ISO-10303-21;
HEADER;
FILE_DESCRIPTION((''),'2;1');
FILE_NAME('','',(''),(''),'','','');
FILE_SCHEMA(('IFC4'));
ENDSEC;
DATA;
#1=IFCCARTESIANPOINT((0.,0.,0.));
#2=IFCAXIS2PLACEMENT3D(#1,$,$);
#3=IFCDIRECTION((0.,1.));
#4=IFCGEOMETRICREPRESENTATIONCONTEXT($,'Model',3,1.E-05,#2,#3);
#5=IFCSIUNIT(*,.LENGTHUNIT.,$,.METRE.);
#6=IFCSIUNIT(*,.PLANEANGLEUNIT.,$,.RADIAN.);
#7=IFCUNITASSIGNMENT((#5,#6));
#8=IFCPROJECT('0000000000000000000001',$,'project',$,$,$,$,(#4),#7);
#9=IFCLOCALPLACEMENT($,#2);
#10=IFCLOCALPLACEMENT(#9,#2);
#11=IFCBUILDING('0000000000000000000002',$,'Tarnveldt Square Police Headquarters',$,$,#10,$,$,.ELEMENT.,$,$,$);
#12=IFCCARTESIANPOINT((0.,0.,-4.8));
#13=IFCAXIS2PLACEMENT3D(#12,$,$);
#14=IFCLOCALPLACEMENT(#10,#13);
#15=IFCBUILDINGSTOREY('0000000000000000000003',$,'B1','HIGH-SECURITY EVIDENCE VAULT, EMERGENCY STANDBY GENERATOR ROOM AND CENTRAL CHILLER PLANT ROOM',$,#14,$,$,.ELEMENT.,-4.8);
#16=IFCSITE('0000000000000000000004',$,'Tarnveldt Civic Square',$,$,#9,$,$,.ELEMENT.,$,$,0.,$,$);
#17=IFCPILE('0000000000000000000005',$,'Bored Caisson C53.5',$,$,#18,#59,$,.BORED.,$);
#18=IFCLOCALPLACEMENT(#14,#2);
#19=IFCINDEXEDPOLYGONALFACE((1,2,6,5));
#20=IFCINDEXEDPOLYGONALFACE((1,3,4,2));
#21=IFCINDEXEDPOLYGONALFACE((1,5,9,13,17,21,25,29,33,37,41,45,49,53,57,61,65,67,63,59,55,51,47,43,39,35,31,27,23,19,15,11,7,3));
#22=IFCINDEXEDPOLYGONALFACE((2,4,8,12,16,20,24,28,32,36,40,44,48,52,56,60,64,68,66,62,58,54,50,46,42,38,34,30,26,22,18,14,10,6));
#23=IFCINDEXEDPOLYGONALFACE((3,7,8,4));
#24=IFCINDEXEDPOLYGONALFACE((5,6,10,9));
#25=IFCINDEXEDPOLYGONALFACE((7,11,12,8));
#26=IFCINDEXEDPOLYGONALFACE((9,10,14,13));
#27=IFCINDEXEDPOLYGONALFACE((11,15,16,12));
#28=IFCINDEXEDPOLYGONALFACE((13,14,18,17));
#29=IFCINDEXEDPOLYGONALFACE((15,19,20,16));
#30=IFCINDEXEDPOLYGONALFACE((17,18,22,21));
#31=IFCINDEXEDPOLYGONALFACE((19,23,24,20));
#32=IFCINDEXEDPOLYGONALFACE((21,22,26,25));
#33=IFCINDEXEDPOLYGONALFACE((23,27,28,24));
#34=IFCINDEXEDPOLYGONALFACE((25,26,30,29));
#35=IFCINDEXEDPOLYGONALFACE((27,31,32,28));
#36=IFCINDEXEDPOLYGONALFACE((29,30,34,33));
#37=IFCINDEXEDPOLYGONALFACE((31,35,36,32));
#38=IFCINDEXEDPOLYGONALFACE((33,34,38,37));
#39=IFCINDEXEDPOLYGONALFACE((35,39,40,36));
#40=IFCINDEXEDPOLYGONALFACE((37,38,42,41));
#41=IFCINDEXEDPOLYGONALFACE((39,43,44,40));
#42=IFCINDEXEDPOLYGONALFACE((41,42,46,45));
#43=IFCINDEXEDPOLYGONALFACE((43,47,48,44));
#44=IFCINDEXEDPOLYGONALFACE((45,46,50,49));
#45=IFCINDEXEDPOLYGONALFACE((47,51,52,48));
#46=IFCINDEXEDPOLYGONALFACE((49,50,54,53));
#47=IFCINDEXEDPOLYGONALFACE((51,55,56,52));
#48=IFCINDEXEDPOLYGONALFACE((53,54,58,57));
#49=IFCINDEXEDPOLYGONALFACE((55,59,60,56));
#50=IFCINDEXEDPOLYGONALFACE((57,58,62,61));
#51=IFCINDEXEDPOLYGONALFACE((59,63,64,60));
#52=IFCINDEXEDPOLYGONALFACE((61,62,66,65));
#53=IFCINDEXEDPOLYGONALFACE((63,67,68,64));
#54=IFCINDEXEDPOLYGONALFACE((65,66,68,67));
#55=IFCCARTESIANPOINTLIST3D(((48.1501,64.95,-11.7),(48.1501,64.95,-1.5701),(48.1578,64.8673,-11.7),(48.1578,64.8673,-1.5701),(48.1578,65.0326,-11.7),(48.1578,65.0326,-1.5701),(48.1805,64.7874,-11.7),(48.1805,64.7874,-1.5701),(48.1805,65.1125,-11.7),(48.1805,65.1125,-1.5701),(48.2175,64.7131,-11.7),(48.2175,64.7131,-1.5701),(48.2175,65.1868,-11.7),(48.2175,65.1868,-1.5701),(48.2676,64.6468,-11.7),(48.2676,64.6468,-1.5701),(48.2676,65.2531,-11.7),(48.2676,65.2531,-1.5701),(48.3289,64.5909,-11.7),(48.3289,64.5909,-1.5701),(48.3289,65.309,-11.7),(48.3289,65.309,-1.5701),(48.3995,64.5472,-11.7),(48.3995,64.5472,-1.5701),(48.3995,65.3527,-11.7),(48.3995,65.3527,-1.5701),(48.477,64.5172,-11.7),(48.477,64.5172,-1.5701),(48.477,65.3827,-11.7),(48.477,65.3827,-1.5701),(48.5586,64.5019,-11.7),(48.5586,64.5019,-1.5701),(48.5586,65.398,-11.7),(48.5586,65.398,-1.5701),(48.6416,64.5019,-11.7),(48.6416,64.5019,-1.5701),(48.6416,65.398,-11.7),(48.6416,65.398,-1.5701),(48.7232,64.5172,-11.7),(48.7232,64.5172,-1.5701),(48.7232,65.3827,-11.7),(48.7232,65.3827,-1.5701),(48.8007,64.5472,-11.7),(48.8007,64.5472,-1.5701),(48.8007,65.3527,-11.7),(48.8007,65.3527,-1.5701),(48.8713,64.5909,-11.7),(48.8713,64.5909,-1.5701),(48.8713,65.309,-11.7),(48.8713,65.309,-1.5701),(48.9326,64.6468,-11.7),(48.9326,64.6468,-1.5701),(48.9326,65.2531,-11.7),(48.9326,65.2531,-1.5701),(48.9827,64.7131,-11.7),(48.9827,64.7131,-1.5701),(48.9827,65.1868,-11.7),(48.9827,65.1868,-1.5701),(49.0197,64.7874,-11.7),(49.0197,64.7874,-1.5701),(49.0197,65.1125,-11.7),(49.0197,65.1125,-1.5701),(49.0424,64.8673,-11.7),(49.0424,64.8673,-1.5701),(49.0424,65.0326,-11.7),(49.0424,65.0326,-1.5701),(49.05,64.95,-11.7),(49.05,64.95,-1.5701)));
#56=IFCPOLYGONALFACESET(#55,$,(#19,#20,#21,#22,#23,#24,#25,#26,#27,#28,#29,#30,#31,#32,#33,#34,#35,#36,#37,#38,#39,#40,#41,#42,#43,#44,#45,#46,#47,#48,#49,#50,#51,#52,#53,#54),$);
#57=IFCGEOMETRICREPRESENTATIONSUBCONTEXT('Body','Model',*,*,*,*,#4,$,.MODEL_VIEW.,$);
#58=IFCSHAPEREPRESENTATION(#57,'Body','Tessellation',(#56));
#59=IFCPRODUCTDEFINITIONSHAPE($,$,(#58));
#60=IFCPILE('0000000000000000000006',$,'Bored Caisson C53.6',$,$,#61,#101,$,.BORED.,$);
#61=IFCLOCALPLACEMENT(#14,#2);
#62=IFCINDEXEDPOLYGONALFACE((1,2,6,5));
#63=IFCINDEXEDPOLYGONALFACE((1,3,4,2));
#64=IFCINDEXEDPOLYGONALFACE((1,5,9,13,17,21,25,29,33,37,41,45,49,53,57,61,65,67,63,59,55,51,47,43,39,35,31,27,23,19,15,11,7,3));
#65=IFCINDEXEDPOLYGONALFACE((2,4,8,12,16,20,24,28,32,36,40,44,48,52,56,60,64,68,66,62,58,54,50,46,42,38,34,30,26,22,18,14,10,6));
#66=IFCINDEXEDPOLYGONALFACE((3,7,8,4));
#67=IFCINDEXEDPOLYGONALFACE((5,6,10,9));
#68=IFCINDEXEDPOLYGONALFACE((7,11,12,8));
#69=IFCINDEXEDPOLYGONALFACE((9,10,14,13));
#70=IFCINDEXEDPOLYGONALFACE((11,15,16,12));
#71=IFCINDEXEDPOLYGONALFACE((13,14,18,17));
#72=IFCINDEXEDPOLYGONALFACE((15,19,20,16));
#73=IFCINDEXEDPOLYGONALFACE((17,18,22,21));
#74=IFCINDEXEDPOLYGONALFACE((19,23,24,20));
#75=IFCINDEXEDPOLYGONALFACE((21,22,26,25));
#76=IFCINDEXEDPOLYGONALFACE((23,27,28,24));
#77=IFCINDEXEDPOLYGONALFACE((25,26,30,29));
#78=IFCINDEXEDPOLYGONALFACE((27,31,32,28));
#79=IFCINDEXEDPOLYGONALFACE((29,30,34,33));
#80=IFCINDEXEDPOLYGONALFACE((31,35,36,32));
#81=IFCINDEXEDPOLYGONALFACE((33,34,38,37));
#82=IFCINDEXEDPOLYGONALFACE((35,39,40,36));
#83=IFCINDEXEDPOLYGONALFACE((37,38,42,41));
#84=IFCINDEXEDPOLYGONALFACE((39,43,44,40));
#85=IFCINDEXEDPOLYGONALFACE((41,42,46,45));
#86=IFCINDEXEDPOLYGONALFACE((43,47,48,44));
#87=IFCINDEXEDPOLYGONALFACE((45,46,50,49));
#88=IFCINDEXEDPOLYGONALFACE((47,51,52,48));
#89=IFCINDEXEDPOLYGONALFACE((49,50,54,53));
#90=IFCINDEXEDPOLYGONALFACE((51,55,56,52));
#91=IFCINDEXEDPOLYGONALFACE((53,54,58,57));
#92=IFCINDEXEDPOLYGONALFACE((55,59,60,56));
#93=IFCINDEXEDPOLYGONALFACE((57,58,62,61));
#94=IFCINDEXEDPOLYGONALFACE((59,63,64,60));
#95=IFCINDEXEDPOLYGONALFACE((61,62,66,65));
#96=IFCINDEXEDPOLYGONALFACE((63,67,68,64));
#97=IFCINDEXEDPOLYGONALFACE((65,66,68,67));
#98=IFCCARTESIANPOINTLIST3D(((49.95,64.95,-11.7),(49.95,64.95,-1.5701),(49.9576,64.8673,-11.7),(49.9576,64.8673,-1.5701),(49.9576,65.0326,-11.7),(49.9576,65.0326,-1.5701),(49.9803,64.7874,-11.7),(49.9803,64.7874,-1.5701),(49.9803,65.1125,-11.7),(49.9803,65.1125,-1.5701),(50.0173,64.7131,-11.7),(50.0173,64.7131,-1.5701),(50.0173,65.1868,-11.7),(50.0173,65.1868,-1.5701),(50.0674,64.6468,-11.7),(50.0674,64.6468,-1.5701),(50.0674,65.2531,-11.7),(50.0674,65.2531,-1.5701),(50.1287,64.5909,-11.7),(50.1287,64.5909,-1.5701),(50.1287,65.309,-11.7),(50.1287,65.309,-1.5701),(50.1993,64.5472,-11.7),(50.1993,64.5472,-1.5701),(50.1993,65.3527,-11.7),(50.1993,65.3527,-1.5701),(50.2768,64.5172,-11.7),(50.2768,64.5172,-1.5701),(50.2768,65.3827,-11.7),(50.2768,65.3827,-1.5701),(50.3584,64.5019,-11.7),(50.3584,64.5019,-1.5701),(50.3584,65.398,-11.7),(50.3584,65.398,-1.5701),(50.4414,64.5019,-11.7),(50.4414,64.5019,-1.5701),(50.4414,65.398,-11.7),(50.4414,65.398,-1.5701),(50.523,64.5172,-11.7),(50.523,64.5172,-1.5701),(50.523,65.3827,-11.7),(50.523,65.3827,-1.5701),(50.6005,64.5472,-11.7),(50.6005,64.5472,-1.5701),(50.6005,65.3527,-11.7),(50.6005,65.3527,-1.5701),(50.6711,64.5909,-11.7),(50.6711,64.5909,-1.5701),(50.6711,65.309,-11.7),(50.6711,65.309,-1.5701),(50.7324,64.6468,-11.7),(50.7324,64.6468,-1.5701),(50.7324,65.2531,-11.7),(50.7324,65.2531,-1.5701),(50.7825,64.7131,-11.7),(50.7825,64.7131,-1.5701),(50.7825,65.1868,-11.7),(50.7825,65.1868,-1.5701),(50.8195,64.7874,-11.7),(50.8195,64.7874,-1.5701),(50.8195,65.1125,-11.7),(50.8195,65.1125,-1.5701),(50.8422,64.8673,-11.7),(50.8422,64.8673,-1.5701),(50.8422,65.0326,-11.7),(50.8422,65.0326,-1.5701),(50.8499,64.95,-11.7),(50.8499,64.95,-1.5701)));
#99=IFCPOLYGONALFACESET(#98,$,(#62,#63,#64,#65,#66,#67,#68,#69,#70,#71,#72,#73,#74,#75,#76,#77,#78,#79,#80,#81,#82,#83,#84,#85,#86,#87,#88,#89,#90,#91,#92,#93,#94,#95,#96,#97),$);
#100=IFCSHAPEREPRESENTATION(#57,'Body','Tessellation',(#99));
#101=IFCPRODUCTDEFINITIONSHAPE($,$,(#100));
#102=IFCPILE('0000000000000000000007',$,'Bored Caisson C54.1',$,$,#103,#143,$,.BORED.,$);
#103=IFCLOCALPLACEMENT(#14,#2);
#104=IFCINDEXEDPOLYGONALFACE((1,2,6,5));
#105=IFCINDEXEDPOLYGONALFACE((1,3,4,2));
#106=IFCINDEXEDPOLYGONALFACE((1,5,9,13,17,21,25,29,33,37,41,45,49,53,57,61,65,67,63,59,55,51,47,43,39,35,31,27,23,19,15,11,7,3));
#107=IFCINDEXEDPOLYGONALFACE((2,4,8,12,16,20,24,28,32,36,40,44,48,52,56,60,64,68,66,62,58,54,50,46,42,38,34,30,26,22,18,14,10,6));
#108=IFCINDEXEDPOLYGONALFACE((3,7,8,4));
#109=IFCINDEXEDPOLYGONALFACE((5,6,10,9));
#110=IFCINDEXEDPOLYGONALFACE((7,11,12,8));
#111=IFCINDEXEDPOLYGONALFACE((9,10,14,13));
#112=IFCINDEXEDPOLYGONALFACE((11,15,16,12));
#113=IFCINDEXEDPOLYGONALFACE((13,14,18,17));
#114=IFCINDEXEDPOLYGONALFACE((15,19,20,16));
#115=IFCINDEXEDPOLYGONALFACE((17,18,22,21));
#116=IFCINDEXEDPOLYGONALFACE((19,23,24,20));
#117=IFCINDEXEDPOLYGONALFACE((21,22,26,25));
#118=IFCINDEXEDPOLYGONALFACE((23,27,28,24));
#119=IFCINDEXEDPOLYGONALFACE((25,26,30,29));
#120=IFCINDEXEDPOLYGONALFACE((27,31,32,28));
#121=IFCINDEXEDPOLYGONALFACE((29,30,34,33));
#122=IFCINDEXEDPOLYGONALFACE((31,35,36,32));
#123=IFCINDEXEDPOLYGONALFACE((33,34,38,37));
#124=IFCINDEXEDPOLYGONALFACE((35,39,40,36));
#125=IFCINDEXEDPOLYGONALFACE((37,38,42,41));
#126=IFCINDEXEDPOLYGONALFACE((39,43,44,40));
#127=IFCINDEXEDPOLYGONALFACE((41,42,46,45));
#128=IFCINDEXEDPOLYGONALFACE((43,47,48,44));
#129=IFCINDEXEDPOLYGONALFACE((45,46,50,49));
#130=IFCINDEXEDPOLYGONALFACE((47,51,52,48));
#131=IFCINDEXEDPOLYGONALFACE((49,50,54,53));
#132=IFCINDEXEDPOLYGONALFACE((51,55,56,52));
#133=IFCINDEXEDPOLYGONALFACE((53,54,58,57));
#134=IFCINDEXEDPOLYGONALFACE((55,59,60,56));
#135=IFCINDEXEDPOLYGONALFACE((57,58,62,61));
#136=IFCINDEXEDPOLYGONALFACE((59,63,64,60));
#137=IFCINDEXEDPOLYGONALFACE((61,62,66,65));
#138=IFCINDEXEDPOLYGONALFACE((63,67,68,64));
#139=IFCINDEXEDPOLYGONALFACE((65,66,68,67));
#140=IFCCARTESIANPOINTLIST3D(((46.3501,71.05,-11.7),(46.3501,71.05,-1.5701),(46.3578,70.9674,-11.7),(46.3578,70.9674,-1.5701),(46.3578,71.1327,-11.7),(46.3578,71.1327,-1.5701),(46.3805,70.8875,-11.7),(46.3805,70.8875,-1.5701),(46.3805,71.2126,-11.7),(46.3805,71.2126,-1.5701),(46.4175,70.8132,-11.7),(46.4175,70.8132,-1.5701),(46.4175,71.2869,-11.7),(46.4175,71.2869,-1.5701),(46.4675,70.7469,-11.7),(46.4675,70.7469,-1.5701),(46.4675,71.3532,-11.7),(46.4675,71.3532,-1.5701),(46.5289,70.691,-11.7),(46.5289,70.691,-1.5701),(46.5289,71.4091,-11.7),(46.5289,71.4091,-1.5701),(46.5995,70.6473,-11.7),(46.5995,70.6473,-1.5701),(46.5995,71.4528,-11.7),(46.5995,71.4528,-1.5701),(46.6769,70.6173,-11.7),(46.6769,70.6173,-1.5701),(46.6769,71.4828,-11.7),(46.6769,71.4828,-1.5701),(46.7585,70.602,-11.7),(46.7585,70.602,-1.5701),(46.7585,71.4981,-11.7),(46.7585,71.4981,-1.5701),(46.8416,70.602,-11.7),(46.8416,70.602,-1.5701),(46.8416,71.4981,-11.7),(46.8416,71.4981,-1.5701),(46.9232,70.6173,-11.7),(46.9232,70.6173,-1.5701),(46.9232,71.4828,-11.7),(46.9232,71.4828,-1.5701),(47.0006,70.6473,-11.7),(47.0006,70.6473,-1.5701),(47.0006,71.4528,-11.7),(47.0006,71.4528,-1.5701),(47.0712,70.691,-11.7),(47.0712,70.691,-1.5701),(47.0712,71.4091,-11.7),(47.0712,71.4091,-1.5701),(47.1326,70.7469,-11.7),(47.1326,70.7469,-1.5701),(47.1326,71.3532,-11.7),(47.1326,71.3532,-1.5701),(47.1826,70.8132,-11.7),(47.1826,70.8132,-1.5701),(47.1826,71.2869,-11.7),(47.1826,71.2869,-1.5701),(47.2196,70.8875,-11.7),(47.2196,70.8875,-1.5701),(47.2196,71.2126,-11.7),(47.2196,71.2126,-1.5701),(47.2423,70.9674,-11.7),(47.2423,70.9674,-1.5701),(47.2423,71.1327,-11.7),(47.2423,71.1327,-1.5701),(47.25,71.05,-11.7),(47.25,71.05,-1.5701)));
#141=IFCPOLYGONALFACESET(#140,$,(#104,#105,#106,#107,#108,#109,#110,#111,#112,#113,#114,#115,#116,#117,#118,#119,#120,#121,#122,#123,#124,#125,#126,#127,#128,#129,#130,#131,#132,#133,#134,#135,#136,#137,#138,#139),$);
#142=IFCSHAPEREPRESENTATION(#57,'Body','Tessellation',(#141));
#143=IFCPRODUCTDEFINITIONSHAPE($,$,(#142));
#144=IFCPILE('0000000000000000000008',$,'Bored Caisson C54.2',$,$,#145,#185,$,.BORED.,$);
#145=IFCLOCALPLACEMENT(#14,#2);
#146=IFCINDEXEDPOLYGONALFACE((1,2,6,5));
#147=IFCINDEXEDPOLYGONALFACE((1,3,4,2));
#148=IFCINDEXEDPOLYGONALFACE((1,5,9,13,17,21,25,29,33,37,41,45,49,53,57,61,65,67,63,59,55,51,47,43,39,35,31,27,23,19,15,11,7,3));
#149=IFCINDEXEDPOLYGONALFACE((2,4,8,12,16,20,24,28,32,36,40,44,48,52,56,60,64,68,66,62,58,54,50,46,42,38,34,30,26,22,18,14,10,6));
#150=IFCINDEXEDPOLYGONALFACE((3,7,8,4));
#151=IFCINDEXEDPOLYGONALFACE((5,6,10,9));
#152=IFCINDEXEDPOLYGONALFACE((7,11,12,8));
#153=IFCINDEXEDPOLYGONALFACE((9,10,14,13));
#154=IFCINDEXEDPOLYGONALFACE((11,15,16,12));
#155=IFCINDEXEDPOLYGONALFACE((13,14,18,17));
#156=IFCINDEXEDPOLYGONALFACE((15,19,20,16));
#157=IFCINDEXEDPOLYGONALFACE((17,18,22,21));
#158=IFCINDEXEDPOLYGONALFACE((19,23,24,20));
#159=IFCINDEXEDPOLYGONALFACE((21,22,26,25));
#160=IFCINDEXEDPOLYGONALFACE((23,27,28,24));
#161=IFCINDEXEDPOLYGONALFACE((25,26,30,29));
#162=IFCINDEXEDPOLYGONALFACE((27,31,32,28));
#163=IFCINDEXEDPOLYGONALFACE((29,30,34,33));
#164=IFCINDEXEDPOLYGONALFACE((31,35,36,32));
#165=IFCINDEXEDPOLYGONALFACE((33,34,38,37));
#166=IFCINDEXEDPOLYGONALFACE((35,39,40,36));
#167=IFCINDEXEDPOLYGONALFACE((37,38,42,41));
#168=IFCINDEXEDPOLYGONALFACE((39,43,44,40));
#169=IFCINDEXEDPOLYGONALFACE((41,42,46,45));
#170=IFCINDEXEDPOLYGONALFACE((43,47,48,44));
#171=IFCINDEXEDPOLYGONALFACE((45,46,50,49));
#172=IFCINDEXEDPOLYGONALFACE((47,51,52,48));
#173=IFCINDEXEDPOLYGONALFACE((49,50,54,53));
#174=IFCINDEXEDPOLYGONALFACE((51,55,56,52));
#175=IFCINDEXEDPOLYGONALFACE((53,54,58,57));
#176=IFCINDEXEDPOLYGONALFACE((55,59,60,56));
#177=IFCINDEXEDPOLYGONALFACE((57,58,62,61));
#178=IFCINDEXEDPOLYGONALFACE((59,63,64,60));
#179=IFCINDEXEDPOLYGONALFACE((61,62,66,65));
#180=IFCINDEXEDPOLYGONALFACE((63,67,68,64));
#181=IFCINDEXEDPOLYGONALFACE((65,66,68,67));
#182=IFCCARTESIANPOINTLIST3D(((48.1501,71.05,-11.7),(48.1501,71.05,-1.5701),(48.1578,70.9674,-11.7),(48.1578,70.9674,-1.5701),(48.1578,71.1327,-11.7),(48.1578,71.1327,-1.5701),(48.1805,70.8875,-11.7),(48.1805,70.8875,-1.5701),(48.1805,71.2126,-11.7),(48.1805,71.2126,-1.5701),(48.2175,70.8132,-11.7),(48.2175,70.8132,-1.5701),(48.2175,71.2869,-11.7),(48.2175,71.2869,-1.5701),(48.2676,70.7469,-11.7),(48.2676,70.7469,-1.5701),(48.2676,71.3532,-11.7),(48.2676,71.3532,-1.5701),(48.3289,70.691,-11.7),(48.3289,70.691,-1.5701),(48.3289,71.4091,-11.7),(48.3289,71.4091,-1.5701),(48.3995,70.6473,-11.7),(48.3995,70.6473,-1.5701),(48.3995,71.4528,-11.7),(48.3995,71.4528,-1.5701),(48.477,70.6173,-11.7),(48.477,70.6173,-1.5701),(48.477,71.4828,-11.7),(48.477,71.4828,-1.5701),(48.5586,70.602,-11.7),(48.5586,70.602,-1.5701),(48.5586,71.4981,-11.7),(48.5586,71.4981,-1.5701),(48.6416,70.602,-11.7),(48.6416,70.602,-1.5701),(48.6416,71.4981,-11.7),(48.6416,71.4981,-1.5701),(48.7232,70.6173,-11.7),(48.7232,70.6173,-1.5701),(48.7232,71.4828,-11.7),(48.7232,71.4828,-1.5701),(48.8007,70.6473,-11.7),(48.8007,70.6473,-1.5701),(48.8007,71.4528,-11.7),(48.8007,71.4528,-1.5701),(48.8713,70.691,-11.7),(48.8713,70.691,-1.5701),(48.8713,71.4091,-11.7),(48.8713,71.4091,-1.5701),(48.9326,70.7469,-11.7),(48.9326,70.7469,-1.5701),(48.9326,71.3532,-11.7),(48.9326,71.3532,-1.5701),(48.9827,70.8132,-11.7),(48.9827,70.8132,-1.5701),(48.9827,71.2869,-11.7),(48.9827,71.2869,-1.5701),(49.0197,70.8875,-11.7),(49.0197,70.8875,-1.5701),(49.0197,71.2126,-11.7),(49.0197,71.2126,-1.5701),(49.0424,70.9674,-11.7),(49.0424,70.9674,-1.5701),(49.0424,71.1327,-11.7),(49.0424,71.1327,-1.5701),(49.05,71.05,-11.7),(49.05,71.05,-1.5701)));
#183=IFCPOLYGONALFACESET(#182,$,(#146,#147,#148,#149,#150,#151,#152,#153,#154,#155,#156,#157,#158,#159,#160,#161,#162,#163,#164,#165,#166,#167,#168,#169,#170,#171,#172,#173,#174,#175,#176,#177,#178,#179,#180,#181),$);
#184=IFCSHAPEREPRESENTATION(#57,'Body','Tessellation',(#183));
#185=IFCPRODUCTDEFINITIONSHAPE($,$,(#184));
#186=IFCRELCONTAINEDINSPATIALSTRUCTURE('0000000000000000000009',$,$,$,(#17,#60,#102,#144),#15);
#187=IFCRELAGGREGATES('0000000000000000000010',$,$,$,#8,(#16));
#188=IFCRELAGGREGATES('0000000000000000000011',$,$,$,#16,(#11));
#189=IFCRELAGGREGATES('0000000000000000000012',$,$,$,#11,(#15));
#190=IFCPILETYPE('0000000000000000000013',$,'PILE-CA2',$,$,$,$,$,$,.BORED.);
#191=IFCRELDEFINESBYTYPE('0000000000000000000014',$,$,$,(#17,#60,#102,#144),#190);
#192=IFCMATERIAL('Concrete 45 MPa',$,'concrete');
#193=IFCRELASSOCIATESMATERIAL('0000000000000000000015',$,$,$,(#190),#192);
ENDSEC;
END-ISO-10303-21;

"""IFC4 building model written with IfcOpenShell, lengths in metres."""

from ifc_helpers import new_model, si_unit, direction, frame, origin, origin_2d, place, context, subcontext, project, spatial, circle, extrude, material, material_profile, profile_set, type_object, element, save


model = new_model("IFC4")

# Units and contexts
model_context = context("Model", 3, precision=1e-05, world=origin(), true_north=direction((0.0, 1.0)))
body_context = subcontext(model_context, "Body", "Model", "MODEL_VIEW")
ifc_project = project(units=[si_unit("LENGTHUNIT", "METRE"), si_unit("PLANEANGLEUNIT", "RADIAN")], contexts=[model_context])

# Site, building, storey
site_placement = place(None, origin())
site = spatial("IfcSite", under=ifc_project, at=site_placement, Name="Tarnveldt Civic Square", CompositionType="ELEMENT", RefElevation=0.0)
building_placement = place(site_placement, origin())
building = spatial("IfcBuilding", under=site, at=building_placement, Name="Tarnveldt Square Police Headquarters", CompositionType="ELEMENT")
storey_placement = place(building_placement, frame((0.0, 0.0, -4.8)))
storey = spatial("IfcBuildingStorey", under=building, at=storey_placement, Name="B1", Description="HIGH-SECURITY EVIDENCE VAULT, EMERGENCY STANDBY GENERATOR ROOM AND CENTRAL CHILLER PLANT ROOM", CompositionType="ELEMENT", Elevation=-4.8)

# Shared definitions
ifc_material_1 = material(Name="Concrete 45 MPa", Category="concrete")

# Piles
ifc_material_profile_1 = material_profile(ifc_material_1, circle(Radius=0.45, at=origin_2d()), Name="CAISSON-D900")
ifc_profile_set_1 = profile_set([ifc_material_profile_1], Name="Concrete 45 MPa")
pile_type_1 = type_object("IfcPileType", Name="PILE-CA2", PredefinedType="BORED", material=ifc_profile_set_1)
for number, where, z_axis, x_axis, name in (
    (1, (48.6001, 64.95, -1.5701), (0.0, 0.0, -1.0), (1.0, 0.0, 0.0), "Bored Caisson C53.5"),
    (2, (50.3999, 64.95, -1.5701), (0.0, 0.0, -1.0), (1.0, 0.0, 0.0), "Bored Caisson C53.6"),
    (3, (46.8, 71.05, -1.5701), (0.0, 0.0, -1.0), (1.0, 0.0, 0.0), "Bored Caisson C54.1"),
    (4, (48.6001, 71.05, -1.5701), (0.0, 0.0, -1.0), (1.0, 0.0, 0.0), "Bored Caisson C54.2"),
):
    element("IfcPile", number, at=place(storey_placement, frame(where, z_axis=z_axis, x_axis=x_axis)), inside=storey, type_object=pile_type_1, Name=name, PredefinedType="BORED", context=body_context, shape_type="SweptSolid", body=[
        extrude(circle(Radius=0.45, at=origin_2d()), origin(), (0.0, 0.0, 1.0), 10.1299),
    ])

save(model, "model.ifc")
